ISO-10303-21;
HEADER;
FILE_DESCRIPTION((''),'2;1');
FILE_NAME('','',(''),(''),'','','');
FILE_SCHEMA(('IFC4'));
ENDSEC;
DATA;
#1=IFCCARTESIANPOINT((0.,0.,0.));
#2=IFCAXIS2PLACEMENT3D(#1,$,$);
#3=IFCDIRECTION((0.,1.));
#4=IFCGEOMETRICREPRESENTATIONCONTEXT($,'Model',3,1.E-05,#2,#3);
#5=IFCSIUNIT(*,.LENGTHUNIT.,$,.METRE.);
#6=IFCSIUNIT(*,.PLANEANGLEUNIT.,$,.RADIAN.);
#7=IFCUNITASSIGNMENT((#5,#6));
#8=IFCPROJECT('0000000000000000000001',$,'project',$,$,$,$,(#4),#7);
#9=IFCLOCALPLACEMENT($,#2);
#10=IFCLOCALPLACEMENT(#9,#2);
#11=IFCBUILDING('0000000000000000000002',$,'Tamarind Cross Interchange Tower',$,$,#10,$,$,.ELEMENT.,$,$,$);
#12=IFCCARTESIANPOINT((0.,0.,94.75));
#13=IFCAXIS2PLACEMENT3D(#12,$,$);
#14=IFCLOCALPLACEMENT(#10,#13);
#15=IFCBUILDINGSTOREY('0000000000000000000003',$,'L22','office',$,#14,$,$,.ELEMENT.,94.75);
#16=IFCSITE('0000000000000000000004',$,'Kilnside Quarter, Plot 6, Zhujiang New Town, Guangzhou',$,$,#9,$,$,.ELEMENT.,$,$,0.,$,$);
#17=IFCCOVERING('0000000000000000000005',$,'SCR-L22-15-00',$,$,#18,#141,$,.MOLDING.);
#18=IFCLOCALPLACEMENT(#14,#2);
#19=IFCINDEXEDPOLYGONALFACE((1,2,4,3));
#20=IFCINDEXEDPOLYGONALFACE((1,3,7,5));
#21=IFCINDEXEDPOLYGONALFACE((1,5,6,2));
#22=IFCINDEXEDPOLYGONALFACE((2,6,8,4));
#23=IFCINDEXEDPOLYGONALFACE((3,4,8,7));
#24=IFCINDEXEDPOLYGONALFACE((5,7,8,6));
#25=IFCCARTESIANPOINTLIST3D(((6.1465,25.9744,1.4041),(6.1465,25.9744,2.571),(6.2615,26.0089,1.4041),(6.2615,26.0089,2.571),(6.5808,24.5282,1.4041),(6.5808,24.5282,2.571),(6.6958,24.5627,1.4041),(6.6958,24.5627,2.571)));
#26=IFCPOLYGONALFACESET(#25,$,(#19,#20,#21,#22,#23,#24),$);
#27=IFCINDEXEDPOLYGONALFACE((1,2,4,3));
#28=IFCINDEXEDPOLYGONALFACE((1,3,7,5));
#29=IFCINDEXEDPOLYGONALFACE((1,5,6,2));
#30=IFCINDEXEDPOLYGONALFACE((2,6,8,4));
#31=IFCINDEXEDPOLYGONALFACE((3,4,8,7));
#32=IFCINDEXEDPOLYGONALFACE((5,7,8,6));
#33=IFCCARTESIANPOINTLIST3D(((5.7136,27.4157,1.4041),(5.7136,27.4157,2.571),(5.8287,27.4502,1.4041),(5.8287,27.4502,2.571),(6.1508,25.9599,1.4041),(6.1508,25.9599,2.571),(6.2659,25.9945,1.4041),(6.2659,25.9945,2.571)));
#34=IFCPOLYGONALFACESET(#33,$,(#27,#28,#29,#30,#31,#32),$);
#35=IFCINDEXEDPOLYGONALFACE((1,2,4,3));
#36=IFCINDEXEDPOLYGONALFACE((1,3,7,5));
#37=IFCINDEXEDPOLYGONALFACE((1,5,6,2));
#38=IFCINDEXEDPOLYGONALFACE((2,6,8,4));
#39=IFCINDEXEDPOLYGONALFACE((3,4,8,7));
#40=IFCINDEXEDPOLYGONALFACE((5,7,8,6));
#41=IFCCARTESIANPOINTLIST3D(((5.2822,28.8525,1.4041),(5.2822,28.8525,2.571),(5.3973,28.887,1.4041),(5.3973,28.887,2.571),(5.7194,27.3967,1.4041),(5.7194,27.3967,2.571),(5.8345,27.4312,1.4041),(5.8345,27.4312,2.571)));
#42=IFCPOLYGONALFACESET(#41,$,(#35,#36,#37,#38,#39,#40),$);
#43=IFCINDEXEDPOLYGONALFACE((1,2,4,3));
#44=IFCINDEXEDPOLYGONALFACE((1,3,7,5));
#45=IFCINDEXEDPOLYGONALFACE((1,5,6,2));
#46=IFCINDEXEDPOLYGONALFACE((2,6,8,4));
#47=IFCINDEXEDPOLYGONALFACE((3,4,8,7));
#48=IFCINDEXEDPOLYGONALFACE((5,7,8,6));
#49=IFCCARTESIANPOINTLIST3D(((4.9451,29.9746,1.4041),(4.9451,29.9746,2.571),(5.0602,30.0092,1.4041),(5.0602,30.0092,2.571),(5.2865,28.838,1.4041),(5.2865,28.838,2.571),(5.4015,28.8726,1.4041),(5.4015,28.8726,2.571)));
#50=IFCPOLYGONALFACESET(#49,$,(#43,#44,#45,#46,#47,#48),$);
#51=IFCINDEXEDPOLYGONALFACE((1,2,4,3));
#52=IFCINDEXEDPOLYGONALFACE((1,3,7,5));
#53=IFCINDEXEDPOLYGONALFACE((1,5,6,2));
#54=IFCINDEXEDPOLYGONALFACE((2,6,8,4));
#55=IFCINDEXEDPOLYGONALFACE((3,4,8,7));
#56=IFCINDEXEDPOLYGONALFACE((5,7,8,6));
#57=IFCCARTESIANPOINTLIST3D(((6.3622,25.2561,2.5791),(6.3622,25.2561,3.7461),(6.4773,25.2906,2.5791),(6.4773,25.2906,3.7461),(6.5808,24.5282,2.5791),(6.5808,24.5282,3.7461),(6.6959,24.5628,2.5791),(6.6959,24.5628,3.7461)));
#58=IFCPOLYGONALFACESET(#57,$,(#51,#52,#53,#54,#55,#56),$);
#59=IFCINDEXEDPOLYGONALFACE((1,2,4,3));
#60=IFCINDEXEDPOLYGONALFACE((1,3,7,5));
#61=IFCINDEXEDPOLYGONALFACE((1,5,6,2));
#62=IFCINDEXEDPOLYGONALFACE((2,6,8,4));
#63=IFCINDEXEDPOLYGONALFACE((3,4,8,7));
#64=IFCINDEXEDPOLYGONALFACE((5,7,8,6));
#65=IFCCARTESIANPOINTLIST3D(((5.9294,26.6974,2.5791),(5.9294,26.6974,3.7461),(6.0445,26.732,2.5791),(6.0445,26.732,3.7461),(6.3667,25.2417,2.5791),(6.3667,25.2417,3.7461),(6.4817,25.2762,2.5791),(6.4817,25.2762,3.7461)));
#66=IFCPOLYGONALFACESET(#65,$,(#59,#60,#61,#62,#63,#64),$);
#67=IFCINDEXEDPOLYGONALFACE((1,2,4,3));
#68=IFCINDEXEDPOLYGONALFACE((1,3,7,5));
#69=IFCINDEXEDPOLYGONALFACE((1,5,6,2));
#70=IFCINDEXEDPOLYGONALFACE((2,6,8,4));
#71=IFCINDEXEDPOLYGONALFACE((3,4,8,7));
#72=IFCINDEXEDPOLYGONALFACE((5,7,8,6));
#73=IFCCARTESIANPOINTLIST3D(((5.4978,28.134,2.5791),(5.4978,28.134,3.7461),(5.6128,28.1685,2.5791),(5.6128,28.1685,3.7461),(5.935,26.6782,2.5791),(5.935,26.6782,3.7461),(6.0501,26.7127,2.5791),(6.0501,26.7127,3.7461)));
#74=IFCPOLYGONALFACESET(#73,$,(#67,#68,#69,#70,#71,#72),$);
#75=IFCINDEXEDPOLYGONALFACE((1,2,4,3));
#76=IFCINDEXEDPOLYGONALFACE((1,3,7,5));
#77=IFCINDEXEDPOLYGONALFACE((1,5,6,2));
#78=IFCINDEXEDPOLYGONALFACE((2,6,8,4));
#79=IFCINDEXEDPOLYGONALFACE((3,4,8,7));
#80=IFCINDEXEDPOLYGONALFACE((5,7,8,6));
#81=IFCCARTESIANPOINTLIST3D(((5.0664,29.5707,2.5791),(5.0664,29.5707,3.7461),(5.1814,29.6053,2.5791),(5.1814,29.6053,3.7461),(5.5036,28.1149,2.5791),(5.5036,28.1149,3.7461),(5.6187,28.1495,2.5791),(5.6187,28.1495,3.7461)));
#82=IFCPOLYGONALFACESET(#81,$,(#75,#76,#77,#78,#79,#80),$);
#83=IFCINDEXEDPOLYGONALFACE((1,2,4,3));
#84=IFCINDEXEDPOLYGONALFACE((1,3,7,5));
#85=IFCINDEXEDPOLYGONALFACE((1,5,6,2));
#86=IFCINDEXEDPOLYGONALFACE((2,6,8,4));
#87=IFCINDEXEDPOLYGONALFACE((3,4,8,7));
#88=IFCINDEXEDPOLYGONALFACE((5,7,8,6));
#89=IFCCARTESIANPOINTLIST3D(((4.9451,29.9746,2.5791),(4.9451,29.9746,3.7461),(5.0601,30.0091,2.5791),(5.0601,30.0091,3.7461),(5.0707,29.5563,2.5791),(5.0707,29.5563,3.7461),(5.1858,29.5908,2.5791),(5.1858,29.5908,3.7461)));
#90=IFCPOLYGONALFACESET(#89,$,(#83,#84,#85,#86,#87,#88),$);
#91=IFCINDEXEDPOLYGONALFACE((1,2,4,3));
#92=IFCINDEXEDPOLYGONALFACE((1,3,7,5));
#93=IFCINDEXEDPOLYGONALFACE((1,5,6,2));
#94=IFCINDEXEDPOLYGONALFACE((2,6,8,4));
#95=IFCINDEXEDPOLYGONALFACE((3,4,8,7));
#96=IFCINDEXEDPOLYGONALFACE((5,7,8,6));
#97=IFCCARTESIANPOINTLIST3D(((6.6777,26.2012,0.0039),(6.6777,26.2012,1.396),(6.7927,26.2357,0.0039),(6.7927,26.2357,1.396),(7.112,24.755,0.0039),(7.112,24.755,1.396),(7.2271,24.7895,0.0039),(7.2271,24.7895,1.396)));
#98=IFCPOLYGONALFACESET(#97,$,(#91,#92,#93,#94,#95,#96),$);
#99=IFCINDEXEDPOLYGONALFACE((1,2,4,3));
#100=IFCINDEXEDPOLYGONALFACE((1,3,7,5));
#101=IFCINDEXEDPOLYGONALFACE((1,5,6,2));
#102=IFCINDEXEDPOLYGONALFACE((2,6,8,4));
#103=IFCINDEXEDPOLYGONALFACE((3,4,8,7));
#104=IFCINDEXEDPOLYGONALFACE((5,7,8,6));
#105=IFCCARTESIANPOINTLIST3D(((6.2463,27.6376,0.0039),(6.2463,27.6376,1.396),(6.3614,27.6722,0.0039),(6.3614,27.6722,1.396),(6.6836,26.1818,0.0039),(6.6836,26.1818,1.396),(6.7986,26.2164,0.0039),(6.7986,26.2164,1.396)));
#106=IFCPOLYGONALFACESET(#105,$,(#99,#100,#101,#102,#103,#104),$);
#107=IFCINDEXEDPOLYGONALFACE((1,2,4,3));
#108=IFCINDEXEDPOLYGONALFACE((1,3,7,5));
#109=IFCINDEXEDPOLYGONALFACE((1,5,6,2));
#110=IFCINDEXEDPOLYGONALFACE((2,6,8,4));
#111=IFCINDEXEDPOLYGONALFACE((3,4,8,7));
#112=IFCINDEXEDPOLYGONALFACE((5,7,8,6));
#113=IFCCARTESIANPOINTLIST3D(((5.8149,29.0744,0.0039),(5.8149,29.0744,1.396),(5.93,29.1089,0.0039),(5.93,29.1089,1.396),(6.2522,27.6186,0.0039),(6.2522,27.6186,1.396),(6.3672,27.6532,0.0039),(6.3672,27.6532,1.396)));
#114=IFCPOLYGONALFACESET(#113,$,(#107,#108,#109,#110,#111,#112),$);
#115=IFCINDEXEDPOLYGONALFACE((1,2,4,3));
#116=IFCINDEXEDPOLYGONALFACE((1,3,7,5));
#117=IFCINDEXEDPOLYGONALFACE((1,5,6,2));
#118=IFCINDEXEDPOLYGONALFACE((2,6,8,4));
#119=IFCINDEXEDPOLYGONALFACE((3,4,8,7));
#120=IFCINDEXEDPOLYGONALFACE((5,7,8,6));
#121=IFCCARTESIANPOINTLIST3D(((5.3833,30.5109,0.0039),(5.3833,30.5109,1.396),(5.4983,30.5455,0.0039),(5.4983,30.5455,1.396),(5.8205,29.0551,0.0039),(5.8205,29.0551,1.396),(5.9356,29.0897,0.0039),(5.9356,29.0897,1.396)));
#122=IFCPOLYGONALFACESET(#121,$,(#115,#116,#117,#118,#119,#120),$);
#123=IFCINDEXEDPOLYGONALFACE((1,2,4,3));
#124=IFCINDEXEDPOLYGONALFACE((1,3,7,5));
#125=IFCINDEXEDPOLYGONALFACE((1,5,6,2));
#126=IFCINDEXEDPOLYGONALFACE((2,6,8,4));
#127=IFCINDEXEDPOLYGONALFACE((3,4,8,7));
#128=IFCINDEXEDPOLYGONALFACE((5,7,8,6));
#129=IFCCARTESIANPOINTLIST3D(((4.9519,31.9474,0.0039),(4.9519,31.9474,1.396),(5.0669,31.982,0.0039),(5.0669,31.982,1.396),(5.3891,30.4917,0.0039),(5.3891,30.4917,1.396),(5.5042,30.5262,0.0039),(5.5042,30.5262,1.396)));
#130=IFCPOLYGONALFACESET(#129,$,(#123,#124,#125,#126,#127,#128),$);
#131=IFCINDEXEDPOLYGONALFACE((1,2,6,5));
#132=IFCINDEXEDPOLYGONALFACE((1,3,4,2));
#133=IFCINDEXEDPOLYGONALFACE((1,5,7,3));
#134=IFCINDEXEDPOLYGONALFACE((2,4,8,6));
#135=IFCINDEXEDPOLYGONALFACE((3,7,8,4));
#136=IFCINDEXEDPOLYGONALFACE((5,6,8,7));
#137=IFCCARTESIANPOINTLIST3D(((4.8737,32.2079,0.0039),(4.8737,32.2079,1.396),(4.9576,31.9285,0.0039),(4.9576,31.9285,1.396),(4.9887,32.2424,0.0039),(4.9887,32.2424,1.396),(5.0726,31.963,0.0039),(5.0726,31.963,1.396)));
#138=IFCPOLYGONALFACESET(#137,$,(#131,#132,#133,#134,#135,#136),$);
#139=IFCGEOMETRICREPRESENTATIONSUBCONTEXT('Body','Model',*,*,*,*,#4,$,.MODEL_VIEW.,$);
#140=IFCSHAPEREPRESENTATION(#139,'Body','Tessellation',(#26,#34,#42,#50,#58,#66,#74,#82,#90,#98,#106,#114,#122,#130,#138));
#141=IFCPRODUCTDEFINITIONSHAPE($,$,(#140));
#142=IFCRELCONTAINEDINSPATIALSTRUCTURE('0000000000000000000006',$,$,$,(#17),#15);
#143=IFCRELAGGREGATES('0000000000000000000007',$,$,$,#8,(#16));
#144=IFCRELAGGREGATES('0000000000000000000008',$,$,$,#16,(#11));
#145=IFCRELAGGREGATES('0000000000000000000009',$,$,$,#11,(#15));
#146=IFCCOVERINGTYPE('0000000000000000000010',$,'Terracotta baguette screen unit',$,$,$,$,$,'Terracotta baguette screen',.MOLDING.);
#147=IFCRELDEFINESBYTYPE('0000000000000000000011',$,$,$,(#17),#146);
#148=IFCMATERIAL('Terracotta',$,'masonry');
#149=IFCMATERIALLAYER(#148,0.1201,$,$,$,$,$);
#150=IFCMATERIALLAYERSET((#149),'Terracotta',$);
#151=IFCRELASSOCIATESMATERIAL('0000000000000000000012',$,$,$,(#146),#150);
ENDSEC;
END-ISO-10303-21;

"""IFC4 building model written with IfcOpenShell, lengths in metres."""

from ifc_helpers import new_model, si_unit, direction, frame, origin, origin_2d, place, context, subcontext, project, spatial, rectangle, extrude, material, layer, layer_set, type_object, element, save


model = new_model("IFC4")

# Units and contexts
model_context = context("Model", 3, precision=1e-05, world=origin(), true_north=direction((0.0, 1.0)))
body_context = subcontext(model_context, "Body", "Model", "MODEL_VIEW")
ifc_project = project(units=[si_unit("LENGTHUNIT", "METRE"), si_unit("PLANEANGLEUNIT", "RADIAN")], contexts=[model_context])

# Site, building, storey
site_placement = place(None, origin())
site = spatial("IfcSite", under=ifc_project, at=site_placement, Name="Kilnside Quarter, Plot 6, Zhujiang New Town, Guangzhou", CompositionType="ELEMENT", RefElevation=0.0)
building_placement = place(site_placement, origin())
building = spatial("IfcBuilding", under=site, at=building_placement, Name="Tamarind Cross Interchange Tower", CompositionType="ELEMENT")
storey_placement = place(building_placement, frame((0.0, 0.0, 94.75)))
storey = spatial("IfcBuildingStorey", under=building, at=storey_placement, Name="L22", Description="office", CompositionType="ELEMENT", Elevation=94.75)

# Covering
ifc_material_1 = material(Name="Terracotta", Category="masonry")
ifc_layer_1 = layer(ifc_material_1, 0.1201)
ifc_layer_set_1 = layer_set([ifc_layer_1], Name="Terracotta")
covering_type = type_object("IfcCoveringType", Name="Terracotta baguette screen unit", ElementType="Terracotta baguette screen", PredefinedType="MOLDING", material=ifc_layer_set_1)
covering_1_placement = place(storey_placement, origin())
element("IfcCovering", 1, at=covering_1_placement, inside=storey, type_object=covering_type, Name="SCR-L22-15-00", PredefinedType="MOLDING", context=body_context, shape_type="SweptSolid", body=[
    extrude(rectangle(XDim=1.51, YDim=0.1201, at=origin_2d()), frame((6.4211, 25.2686, 1.4041), z_axis=(0.0, 0.0, 1.0), x_axis=(-0.287641, 0.957738, 0.0)), (0.0, 0.0, 1.0), 1.167),
    extrude(rectangle(XDim=1.52, YDim=0.1201, at=origin_2d()), frame((5.9897, 26.7051, 1.4041), z_axis=(0.0, 0.0, 1.0), x_axis=(-0.287641, 0.957738, 0.0)), (0.0, 0.0, 1.0), 1.167),
    extrude(rectangle(XDim=1.52, YDim=0.1201, at=origin_2d()), frame((5.5583, 28.1418, 1.4041), z_axis=(0.0, 0.0, 1.0), x_axis=(-0.287641, 0.957738, 0.0)), (0.0, 0.0, 1.0), 1.167),
    extrude(rectangle(XDim=1.1868, YDim=0.1201, at=origin_2d()), frame((5.1733, 29.4236, 1.4041), z_axis=(0.0, 0.0, 1.0), x_axis=(-0.287641, 0.957738, 0.0)), (0.0, 0.0, 1.0), 1.167),
    extrude(rectangle(XDim=0.76, YDim=0.1201, at=origin_2d()), frame((6.5291, 24.9094, 2.5791), z_axis=(0.0, 0.0, 1.0), x_axis=(-0.287641, 0.957738, 0.0)), (0.0, 0.0, 1.0), 1.167),
    extrude(rectangle(XDim=1.52, YDim=0.1201, at=origin_2d()), frame((6.2056, 25.9868, 2.5791), z_axis=(0.0, 0.0, 1.0), x_axis=(-0.287641, 0.957738, 0.0)), (0.0, 0.0, 1.0), 1.167),
    extrude(rectangle(XDim=1.52, YDim=0.1201, at=origin_2d()), frame((5.7739, 27.4233, 2.5791), z_axis=(0.0, 0.0, 1.0), x_axis=(-0.287641, 0.957738, 0.0)), (0.0, 0.0, 1.0), 1.167),
    extrude(rectangle(XDim=1.52, YDim=0.1201, at=origin_2d()), frame((5.3425, 28.8601, 2.5791), z_axis=(0.0, 0.0, 1.0), x_axis=(-0.287641, 0.957738, 0.0)), (0.0, 0.0, 1.0), 1.167),
    extrude(rectangle(XDim=0.4368, YDim=0.1201, at=origin_2d()), frame((5.0654, 29.7827, 2.5791), z_axis=(0.0, 0.0, 1.0), x_axis=(-0.287641, 0.957738, 0.0)), (0.0, 0.0, 1.0), 1.167),
    extrude(rectangle(XDim=1.51, YDim=0.1201, at=origin_2d()), frame((6.9524, 25.4954, 0.0039), z_axis=(0.0, 0.0, 1.0), x_axis=(-0.287641, 0.957738, 0.0)), (0.0, 0.0, 1.0), 1.3921),
    extrude(rectangle(XDim=1.52, YDim=0.1201, at=origin_2d()), frame((6.5225, 26.927, 0.0039), z_axis=(0.0, 0.0, 1.0), x_axis=(-0.287641, 0.957738, 0.0)), (0.0, 0.0, 1.0), 1.3921),
    extrude(rectangle(XDim=1.52, YDim=0.1201, at=origin_2d()), frame((6.0911, 28.3638, 0.0039), z_axis=(0.0, 0.0, 1.0), x_axis=(-0.287641, 0.957738, 0.0)), (0.0, 0.0, 1.0), 1.3921),
    extrude(rectangle(XDim=1.52, YDim=0.1201, at=origin_2d()), frame((5.6594, 29.8003, 0.0039), z_axis=(0.0, 0.0, 1.0), x_axis=(-0.287641, 0.957738, 0.0)), (0.0, 0.0, 1.0), 1.3921),
    extrude(rectangle(XDim=1.52, YDim=0.1201, at=origin_2d()), frame((5.228, 31.2368, 0.0039), z_axis=(0.0, 0.0, 1.0), x_axis=(-0.287641, 0.957738, 0.0)), (0.0, 0.0, 1.0), 1.3921),
    extrude(rectangle(XDim=0.2917, YDim=0.1201, at=origin_2d()), frame((4.9731, 32.0854, 0.0039), z_axis=(0.0, 0.0, 1.0), x_axis=(-0.287641, 0.957738, 0.0)), (0.0, 0.0, 1.0), 1.3921),
])

save(model, "model.ifc")
